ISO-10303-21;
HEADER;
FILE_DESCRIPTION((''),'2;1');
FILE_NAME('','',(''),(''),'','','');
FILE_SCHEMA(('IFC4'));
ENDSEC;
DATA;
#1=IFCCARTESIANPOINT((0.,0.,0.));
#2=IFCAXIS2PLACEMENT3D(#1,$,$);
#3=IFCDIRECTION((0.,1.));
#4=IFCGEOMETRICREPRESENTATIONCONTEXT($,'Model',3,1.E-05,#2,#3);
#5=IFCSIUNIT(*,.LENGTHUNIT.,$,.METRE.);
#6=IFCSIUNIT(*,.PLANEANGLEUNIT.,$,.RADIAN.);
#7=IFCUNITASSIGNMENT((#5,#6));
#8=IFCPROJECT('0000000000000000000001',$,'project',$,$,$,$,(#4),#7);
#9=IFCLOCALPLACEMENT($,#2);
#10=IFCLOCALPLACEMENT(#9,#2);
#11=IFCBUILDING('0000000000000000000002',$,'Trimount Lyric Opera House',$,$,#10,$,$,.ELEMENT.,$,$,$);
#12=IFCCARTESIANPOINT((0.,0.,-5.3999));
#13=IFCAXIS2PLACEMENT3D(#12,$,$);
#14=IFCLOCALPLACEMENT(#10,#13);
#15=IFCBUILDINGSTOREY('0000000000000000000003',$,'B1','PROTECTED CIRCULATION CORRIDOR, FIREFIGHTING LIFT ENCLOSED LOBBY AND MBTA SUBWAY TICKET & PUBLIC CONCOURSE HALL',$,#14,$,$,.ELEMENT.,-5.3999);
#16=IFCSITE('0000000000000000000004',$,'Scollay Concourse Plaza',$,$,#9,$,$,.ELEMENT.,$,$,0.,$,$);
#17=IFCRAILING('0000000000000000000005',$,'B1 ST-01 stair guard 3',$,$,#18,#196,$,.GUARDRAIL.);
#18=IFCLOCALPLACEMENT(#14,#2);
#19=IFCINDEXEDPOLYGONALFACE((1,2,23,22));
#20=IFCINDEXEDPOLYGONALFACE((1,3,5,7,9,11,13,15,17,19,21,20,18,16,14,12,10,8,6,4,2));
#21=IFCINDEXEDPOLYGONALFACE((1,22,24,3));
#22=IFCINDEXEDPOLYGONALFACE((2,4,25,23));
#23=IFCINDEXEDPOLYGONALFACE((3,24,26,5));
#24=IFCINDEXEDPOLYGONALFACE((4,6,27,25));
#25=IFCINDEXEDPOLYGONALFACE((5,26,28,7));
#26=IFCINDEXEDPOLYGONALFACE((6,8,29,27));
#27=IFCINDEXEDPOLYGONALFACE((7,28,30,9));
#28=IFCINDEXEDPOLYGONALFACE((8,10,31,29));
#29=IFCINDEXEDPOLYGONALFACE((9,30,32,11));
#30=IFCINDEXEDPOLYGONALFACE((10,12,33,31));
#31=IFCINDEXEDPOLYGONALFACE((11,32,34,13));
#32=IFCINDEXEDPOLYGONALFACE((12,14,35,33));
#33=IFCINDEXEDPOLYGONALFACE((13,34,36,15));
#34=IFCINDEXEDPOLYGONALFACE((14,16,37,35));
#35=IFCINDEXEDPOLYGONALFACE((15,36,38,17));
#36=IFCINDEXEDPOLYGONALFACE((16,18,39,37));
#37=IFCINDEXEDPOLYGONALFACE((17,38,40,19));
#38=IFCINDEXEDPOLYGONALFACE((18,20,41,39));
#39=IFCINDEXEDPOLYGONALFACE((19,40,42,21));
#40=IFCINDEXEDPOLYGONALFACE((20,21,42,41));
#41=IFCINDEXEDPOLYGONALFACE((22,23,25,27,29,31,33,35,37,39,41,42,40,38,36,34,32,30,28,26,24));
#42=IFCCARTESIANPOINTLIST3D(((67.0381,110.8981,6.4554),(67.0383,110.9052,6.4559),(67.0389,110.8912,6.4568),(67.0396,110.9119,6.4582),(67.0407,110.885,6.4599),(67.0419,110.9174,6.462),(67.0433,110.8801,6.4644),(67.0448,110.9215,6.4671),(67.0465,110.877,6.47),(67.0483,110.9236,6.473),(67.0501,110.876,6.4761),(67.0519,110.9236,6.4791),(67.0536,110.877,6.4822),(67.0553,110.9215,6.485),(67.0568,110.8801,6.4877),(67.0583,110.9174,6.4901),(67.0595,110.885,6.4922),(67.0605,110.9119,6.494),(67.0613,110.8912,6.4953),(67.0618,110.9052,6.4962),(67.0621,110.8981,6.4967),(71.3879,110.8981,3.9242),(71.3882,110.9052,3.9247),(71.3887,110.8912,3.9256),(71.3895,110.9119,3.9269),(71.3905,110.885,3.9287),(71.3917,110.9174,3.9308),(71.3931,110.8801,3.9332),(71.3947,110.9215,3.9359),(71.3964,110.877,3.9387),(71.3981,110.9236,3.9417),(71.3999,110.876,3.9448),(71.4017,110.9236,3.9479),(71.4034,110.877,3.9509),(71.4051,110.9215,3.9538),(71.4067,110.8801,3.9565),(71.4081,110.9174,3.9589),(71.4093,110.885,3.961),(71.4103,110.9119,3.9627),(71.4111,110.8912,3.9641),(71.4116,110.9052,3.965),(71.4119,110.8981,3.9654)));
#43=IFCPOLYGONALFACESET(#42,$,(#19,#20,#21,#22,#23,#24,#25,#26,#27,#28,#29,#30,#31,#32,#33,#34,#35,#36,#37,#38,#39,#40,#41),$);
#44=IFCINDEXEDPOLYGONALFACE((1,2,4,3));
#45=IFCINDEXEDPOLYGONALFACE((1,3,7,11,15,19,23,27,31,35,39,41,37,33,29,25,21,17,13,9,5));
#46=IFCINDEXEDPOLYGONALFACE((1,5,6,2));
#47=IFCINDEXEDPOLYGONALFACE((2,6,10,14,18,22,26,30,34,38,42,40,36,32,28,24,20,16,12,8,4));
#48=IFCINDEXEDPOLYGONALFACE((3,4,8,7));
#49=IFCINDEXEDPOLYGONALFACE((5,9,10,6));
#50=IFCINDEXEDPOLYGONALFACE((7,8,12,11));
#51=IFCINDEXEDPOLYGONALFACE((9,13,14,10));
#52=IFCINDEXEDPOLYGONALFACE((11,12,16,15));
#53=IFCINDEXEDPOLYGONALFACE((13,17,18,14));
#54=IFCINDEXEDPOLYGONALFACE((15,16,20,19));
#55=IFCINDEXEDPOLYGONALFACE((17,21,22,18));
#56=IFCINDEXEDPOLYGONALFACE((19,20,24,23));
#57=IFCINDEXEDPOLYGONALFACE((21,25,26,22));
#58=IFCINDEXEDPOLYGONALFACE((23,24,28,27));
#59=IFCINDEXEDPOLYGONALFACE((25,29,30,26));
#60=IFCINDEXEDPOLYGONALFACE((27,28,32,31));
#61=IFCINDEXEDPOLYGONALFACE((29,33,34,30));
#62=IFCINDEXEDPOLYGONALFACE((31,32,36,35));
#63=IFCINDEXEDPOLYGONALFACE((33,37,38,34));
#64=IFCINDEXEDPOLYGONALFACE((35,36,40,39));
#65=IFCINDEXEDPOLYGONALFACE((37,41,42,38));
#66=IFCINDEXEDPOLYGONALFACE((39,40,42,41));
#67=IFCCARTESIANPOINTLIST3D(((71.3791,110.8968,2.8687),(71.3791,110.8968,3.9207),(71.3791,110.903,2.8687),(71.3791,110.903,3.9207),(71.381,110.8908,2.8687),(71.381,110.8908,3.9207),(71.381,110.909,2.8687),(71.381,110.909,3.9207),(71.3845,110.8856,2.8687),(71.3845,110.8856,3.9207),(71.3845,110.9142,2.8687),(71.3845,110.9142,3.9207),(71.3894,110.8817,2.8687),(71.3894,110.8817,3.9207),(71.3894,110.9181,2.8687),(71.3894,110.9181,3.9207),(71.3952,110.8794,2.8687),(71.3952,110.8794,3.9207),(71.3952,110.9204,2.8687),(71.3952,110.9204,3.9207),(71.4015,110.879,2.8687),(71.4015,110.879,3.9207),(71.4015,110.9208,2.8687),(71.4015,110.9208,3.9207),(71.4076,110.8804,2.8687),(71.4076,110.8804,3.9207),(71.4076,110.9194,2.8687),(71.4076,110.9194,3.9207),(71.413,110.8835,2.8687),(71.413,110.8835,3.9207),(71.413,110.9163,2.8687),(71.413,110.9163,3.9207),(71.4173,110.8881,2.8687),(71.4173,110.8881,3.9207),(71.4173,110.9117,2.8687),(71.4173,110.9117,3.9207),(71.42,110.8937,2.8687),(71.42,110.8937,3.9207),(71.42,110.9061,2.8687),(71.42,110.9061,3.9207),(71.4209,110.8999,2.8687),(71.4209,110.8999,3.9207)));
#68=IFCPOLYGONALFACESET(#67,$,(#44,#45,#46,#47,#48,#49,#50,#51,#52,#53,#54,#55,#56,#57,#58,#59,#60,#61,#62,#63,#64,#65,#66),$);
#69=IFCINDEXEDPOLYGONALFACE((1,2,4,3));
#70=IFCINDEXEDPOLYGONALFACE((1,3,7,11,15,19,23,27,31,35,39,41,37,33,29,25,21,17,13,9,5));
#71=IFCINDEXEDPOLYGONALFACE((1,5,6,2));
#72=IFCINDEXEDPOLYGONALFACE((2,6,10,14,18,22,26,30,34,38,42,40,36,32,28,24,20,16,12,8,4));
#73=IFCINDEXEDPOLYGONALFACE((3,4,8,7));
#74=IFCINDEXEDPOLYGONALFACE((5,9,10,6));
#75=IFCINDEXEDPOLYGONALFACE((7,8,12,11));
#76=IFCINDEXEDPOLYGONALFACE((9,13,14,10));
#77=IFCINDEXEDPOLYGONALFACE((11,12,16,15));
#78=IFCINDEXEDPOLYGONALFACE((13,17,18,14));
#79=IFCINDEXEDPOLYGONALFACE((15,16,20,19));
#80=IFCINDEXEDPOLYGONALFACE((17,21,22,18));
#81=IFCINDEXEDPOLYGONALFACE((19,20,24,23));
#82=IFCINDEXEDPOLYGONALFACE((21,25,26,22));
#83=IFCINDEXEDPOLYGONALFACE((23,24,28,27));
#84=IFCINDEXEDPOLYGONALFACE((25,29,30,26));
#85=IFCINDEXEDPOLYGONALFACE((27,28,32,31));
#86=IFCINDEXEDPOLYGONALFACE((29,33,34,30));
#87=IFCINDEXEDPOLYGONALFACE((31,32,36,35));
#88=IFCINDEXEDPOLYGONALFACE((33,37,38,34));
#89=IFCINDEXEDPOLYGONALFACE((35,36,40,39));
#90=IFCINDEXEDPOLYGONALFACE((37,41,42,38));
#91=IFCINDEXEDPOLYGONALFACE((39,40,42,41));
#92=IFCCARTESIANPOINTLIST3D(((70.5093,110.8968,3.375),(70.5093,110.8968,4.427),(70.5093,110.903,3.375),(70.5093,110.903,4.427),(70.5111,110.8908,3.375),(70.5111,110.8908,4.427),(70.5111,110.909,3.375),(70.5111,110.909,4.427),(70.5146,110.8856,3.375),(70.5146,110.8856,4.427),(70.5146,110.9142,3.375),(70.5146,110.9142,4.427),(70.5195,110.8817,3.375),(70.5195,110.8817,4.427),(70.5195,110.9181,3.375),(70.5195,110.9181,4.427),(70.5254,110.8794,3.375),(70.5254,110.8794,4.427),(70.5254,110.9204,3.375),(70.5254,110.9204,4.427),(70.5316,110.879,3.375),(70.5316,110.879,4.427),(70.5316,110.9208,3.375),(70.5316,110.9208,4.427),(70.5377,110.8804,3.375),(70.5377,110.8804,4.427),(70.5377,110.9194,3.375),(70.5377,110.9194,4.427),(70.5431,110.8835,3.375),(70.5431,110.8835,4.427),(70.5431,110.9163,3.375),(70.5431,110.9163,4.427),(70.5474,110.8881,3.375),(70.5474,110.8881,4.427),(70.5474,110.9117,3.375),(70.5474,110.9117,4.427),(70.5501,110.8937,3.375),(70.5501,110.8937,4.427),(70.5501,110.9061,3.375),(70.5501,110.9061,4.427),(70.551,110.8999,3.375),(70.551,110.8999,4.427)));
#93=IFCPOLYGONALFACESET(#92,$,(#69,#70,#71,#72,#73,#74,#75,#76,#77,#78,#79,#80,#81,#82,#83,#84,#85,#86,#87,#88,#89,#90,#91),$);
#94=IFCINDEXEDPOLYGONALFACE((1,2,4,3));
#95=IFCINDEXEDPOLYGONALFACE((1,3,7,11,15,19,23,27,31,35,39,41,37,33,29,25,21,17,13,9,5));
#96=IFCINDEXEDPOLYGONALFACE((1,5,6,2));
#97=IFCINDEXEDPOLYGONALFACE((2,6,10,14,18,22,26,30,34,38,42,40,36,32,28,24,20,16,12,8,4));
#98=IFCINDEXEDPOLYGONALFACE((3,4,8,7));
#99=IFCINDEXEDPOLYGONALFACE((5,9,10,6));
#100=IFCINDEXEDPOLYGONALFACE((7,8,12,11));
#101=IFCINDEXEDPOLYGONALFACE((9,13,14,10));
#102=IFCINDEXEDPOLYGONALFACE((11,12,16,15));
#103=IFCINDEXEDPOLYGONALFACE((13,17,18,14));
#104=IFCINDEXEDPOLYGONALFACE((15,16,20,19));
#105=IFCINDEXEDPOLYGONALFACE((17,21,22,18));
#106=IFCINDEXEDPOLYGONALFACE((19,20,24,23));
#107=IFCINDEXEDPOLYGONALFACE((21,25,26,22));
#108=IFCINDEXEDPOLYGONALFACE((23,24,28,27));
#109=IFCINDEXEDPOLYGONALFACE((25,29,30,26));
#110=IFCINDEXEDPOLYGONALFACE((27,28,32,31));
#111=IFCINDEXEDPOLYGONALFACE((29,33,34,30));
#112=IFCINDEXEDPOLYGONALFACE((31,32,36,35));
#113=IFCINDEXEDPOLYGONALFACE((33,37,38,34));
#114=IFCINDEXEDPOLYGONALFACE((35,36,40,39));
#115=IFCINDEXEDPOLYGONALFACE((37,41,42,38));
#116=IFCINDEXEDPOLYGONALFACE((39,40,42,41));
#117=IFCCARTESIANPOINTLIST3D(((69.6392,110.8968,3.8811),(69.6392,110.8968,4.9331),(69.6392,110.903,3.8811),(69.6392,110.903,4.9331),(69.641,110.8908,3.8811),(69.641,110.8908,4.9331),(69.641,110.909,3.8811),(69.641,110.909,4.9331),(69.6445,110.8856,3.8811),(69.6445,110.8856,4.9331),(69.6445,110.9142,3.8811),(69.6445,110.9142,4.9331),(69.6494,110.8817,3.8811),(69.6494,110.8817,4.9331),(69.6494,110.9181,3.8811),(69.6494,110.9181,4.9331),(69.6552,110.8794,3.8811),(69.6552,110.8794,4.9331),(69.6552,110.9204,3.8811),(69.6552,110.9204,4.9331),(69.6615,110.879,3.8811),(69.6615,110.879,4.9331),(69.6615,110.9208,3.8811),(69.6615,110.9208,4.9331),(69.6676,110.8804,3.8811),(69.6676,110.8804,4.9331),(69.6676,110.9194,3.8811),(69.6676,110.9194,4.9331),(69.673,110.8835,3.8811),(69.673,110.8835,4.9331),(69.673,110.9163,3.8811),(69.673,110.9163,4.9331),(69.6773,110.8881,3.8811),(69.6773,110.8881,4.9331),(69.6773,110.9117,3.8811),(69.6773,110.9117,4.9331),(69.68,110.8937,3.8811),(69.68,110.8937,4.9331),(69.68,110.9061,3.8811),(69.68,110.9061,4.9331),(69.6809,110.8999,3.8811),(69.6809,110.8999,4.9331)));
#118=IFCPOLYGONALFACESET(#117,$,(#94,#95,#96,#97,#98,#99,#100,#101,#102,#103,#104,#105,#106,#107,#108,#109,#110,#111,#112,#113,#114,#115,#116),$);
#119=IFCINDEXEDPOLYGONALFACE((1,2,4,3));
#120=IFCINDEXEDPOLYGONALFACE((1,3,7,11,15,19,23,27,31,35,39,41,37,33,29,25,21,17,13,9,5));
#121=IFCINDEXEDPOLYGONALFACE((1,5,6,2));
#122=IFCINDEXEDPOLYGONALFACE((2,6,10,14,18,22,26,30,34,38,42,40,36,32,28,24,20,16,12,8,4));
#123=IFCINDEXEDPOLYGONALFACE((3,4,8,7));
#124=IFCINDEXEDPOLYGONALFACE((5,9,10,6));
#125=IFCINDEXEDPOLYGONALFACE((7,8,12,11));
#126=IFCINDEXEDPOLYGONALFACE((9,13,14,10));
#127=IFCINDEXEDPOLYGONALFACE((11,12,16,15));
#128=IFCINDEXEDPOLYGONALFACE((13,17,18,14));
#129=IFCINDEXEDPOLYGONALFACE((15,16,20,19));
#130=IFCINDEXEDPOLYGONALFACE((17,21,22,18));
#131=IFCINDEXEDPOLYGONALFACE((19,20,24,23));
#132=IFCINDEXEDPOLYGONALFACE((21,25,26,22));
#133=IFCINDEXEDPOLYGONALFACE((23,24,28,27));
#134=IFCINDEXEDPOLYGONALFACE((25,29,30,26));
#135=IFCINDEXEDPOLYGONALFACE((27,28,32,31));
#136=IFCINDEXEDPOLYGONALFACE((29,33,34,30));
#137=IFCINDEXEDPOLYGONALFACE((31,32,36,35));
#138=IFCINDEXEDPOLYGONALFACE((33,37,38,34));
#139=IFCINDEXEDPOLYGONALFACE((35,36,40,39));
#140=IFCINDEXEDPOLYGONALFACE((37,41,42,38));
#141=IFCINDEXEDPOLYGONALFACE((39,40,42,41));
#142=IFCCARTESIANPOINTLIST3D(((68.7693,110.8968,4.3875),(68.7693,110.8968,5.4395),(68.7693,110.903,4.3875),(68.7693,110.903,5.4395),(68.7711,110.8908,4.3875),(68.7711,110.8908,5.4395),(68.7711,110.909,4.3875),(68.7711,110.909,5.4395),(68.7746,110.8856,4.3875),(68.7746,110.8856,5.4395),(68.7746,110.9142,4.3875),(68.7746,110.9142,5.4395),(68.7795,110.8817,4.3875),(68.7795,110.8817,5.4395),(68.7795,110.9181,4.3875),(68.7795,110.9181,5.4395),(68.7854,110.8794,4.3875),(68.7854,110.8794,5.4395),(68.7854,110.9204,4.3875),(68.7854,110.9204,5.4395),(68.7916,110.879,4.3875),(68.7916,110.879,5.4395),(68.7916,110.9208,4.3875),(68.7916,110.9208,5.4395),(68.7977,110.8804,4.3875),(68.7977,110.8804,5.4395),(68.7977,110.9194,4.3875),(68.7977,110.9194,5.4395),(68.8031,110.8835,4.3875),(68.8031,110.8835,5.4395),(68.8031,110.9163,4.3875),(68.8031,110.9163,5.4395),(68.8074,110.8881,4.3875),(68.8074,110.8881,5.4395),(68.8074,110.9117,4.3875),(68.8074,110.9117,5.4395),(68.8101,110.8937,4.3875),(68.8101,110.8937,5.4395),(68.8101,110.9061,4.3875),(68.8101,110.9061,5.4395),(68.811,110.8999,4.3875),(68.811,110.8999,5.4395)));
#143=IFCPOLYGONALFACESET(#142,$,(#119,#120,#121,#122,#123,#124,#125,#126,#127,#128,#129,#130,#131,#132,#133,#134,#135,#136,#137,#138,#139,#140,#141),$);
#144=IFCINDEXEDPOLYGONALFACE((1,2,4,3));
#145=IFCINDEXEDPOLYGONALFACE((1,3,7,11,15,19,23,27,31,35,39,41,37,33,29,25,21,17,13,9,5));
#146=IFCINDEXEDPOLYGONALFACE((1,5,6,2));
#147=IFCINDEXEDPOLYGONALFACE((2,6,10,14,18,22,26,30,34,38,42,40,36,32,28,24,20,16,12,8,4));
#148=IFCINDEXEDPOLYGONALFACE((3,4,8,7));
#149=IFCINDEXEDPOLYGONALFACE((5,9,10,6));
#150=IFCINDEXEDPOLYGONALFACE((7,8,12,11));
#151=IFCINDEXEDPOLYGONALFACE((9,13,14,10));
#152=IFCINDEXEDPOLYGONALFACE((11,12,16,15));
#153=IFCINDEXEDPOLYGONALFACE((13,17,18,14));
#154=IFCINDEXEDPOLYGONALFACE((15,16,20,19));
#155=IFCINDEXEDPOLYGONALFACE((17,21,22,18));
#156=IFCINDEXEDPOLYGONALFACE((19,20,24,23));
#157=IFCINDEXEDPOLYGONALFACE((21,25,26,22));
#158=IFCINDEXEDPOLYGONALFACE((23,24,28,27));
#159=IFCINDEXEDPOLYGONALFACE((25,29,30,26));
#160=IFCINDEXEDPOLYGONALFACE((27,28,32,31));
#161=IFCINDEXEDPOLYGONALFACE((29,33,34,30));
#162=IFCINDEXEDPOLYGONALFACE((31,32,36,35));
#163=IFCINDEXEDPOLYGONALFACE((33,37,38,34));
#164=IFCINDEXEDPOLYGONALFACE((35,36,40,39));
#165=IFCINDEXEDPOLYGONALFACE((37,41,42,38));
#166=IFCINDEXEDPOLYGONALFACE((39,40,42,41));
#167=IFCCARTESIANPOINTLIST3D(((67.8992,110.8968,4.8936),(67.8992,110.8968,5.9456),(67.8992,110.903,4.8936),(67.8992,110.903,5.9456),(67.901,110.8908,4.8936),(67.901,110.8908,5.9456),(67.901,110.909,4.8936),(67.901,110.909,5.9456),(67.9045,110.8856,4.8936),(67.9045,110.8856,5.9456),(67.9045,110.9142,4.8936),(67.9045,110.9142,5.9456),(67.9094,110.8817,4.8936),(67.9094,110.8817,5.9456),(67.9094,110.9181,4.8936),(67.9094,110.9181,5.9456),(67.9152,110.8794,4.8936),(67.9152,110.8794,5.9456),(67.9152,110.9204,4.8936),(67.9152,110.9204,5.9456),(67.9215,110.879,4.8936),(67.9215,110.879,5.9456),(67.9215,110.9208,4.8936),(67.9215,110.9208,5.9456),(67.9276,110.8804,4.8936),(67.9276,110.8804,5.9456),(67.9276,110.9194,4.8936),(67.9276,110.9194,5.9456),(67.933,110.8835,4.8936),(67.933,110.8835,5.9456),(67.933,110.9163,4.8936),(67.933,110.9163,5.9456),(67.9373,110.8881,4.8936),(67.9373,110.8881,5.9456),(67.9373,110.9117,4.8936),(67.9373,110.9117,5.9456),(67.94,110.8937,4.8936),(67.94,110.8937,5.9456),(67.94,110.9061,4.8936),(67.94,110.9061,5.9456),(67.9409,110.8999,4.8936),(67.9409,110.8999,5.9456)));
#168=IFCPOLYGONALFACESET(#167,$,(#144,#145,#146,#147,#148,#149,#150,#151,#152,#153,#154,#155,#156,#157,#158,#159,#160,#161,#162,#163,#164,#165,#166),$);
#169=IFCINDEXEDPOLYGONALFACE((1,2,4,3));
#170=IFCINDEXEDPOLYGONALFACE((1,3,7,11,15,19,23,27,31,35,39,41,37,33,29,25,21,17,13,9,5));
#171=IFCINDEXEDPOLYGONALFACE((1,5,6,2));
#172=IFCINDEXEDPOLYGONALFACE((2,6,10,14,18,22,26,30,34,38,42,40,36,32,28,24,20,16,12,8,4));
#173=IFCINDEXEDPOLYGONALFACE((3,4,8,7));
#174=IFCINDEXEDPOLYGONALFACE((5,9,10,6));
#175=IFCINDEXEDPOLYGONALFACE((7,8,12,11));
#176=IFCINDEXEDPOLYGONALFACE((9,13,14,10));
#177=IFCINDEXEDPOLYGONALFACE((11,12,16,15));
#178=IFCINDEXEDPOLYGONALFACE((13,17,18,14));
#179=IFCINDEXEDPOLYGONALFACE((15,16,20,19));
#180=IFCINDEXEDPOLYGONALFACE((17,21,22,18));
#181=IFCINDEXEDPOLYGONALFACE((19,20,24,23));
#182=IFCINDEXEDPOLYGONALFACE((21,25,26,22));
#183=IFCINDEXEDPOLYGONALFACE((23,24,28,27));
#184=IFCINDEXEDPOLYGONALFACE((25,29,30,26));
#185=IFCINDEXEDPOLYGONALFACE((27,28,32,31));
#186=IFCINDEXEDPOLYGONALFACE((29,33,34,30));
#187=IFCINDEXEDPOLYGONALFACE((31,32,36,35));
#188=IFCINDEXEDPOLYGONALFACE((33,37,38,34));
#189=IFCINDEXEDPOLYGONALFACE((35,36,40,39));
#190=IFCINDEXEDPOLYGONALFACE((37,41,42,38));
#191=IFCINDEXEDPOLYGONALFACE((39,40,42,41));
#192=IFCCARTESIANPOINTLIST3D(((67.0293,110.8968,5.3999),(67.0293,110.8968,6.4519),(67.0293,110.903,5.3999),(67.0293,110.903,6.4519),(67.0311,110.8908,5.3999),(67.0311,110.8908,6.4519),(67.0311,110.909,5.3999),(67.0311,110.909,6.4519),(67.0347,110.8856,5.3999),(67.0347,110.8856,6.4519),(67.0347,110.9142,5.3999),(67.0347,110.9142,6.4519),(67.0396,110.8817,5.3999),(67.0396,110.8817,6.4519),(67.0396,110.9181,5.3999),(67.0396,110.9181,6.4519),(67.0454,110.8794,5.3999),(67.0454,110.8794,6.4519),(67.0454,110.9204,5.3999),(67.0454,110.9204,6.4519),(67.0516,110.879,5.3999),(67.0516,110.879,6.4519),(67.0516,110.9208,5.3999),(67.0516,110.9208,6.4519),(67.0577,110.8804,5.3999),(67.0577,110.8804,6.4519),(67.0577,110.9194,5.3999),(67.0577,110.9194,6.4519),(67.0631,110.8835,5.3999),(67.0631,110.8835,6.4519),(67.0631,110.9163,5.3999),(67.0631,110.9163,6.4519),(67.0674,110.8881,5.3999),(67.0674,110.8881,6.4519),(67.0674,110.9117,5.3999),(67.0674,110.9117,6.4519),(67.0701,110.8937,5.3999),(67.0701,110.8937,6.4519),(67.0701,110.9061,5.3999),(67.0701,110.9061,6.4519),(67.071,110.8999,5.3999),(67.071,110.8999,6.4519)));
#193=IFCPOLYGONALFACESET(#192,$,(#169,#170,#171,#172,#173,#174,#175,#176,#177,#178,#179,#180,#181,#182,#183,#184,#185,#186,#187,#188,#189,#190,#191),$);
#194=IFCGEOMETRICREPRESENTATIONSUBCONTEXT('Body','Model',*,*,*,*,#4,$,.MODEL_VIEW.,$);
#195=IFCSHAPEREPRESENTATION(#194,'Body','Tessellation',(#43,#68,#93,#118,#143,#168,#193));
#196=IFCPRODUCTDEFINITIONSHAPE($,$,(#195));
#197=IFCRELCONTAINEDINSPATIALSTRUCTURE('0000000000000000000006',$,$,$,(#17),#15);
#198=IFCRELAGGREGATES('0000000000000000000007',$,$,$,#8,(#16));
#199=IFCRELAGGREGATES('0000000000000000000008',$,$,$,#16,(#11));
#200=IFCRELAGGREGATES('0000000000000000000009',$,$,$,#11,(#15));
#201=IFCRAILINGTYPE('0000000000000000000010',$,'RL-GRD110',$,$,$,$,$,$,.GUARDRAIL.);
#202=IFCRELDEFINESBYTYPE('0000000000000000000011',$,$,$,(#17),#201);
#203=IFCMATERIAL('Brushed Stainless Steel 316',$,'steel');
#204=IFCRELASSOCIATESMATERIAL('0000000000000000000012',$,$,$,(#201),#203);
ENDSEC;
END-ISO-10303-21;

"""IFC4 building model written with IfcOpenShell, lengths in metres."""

from ifc_helpers import new_model, si_unit, direction, frame, origin, origin_2d, place, context, subcontext, project, spatial, circle, extrude, material, type_object, element, save


model = new_model("IFC4")

# Units and contexts
model_context = context("Model", 3, precision=1e-05, world=origin(), true_north=direction((0.0, 1.0)))
body_context = subcontext(model_context, "Body", "Model", "MODEL_VIEW")
ifc_project = project(units=[si_unit("LENGTHUNIT", "METRE"), si_unit("PLANEANGLEUNIT", "RADIAN")], contexts=[model_context])

# Site, building, storey
site_placement = place(None, origin())
site = spatial("IfcSite", under=ifc_project, at=site_placement, Name="Scollay Concourse Plaza", CompositionType="ELEMENT", RefElevation=0.0)
building_placement = place(site_placement, origin())
building = spatial("IfcBuilding", under=site, at=building_placement, Name="Trimount Lyric Opera House", CompositionType="ELEMENT")
storey_placement = place(building_placement, frame((0.0, 0.0, -5.3999)))
storey = spatial("IfcBuildingStorey", under=building, at=storey_placement, Name="B1", Description="PROTECTED CIRCULATION CORRIDOR, FIREFIGHTING LIFT ENCLOSED LOBBY AND MBTA SUBWAY TICKET & PUBLIC CONCOURSE HALL", CompositionType="ELEMENT", Elevation=-5.3999)

# Railing
ifc_material_1 = material(Name="Brushed Stainless Steel 316", Category="steel")
railing_type_1 = type_object("IfcRailingType", Name="RL-GRD110", PredefinedType="GUARDRAIL", material=ifc_material_1)
railing_1_placement = place(storey_placement, frame((71.3999, 110.8999, 2.8687)))
element("IfcRailing", 1, at=railing_1_placement, inside=storey, type_object=railing_type_1, Name="B1 ST-01 stair guard 3", PredefinedType="GUARDRAIL", context=body_context, shape_type="SweptSolid", body=[
    extrude(circle(Radius=0.0239, at=origin_2d()), frame((0.0, 0.0, 1.0762), z_axis=(-0.864312, 0.0, 0.502957), x_axis=(0.0, -1.0, 0.0)), (0.0, 0.0, 1.0), 5.0327),
    extrude(circle(Radius=0.021, at=origin_2d()), origin(), (0.0, 0.0, 1.0), 1.052),
    extrude(circle(Radius=0.021, at=origin_2d()), frame((-0.8699, 0.0, 0.5063)), (0.0, 0.0, 1.0), 1.052),
    extrude(circle(Radius=0.021, at=origin_2d()), frame((-1.74, 0.0, 1.0125)), (0.0, 0.0, 1.0), 1.052),
    extrude(circle(Radius=0.021, at=origin_2d()), frame((-2.6099, 0.0, 1.5188)), (0.0, 0.0, 1.0), 1.052),
    extrude(circle(Radius=0.021, at=origin_2d()), frame((-3.48, 0.0, 2.0249)), (0.0, 0.0, 1.0), 1.052),
    extrude(circle(Radius=0.021, at=origin_2d()), frame((-4.3499, 0.0, 2.5312)), (0.0, 0.0, 1.0), 1.052),
])

save(model, "model.ifc")
